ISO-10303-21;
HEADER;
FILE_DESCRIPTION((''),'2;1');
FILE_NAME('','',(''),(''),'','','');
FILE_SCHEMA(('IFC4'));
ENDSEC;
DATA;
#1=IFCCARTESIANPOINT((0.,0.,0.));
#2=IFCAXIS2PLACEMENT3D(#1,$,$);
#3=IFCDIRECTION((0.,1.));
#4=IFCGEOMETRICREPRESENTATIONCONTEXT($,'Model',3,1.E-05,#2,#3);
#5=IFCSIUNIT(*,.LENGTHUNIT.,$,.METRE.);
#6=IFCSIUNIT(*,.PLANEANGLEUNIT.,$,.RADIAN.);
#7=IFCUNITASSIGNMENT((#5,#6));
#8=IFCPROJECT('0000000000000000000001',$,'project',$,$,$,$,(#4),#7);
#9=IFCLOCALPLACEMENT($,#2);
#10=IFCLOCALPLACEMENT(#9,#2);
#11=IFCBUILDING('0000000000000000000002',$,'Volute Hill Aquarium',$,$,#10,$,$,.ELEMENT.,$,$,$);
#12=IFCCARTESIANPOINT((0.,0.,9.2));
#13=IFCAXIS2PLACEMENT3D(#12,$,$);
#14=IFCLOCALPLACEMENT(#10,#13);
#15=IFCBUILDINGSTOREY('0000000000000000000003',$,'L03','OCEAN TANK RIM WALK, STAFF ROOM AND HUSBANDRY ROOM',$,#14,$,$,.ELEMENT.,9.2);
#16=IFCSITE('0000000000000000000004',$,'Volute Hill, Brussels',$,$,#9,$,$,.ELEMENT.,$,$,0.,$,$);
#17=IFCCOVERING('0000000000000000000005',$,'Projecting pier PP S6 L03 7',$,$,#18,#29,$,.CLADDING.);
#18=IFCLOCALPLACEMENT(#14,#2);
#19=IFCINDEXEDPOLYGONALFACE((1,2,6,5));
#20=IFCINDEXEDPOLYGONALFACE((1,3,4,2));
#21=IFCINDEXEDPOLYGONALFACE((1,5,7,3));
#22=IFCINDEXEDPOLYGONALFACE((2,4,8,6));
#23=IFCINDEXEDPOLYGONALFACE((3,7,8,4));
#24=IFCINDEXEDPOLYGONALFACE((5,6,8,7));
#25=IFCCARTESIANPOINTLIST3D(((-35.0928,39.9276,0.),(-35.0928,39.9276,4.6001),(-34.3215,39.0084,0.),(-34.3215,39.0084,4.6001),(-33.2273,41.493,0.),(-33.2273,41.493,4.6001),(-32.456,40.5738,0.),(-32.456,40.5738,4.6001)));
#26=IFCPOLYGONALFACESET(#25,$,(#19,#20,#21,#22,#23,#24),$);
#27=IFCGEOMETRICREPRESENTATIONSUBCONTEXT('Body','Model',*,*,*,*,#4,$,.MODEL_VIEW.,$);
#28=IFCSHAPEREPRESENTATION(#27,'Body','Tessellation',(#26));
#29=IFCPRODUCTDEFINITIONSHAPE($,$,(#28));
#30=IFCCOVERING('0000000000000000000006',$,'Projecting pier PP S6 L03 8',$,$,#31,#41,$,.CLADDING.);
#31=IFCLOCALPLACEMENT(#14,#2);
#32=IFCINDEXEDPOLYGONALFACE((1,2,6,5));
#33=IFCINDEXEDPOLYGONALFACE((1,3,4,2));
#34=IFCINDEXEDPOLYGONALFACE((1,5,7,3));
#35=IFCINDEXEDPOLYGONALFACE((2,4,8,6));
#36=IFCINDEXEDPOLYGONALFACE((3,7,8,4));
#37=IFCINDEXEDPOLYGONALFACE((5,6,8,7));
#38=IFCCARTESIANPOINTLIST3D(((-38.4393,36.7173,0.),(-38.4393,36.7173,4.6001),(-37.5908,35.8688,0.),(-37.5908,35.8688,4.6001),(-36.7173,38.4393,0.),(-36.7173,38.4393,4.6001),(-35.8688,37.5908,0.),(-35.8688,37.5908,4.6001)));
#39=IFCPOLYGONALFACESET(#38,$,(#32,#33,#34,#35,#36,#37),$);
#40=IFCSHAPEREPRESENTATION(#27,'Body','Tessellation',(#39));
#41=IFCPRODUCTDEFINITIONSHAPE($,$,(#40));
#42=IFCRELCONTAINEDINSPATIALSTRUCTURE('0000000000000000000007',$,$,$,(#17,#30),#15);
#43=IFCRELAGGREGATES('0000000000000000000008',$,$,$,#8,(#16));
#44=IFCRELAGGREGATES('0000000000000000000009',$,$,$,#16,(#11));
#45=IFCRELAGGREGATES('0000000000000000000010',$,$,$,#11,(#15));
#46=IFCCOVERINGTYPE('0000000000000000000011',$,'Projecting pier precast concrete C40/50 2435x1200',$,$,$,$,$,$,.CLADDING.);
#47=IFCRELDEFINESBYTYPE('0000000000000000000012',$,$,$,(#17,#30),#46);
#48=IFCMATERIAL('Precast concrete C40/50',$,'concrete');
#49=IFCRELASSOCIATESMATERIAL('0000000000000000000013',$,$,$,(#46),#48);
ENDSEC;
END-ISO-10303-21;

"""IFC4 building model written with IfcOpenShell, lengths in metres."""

from ifc_helpers import new_model, si_unit, direction, frame, origin, origin_2d, place, context, subcontext, project, spatial, rectangle, extrude, material, type_object, element, save


model = new_model("IFC4")

# Units and contexts
model_context = context("Model", 3, precision=1e-05, world=origin(), true_north=direction((0.0, 1.0)))
body_context = subcontext(model_context, "Body", "Model", "MODEL_VIEW")
ifc_project = project(units=[si_unit("LENGTHUNIT", "METRE"), si_unit("PLANEANGLEUNIT", "RADIAN")], contexts=[model_context])

# Site, building, storey
site_placement = place(None, origin())
site = spatial("IfcSite", under=ifc_project, at=site_placement, Name="Volute Hill, Brussels", CompositionType="ELEMENT", RefElevation=0.0)
building_placement = place(site_placement, origin())
building = spatial("IfcBuilding", under=site, at=building_placement, Name="Volute Hill Aquarium", CompositionType="ELEMENT")
storey_placement = place(building_placement, frame((0.0, 0.0, 9.2)))
storey = spatial("IfcBuildingStorey", under=building, at=storey_placement, Name="L03", Description="OCEAN TANK RIM WALK, STAFF ROOM AND HUSBANDRY ROOM", CompositionType="ELEMENT", Elevation=9.2)

# Coverings
ifc_material_1 = material(Name="Precast concrete C40/50", Category="concrete")
covering_type_1 = type_object("IfcCoveringType", Name="Projecting pier precast concrete C40/50 2435x1200", PredefinedType="CLADDING", material=ifc_material_1)
for number, where, z_axis, x_axis, name in (
    (1, (-33.7744, 40.2507, 0.0), (0.0, 0.0, 1.0), (-0.766044, -0.642788, 0.0), "Projecting pier PP S6 L03 7"),
    (2, (-37.1541, 37.1541, 0.0), (0.0, 0.0, 1.0), (-0.707107, -0.707107, 0.0), "Projecting pier PP S6 L03 8"),
):
    element("IfcCovering", number, at=place(storey_placement, frame(where, z_axis=z_axis, x_axis=x_axis)), inside=storey, type_object=covering_type_1, Name=name, PredefinedType="CLADDING", context=body_context, shape_type="SweptSolid", body=[
        extrude(rectangle(XDim=2.4353, YDim=1.2, at=origin_2d()), origin(), (0.0, 0.0, 1.0), 4.6001),
    ])

save(model, "model.ifc")
